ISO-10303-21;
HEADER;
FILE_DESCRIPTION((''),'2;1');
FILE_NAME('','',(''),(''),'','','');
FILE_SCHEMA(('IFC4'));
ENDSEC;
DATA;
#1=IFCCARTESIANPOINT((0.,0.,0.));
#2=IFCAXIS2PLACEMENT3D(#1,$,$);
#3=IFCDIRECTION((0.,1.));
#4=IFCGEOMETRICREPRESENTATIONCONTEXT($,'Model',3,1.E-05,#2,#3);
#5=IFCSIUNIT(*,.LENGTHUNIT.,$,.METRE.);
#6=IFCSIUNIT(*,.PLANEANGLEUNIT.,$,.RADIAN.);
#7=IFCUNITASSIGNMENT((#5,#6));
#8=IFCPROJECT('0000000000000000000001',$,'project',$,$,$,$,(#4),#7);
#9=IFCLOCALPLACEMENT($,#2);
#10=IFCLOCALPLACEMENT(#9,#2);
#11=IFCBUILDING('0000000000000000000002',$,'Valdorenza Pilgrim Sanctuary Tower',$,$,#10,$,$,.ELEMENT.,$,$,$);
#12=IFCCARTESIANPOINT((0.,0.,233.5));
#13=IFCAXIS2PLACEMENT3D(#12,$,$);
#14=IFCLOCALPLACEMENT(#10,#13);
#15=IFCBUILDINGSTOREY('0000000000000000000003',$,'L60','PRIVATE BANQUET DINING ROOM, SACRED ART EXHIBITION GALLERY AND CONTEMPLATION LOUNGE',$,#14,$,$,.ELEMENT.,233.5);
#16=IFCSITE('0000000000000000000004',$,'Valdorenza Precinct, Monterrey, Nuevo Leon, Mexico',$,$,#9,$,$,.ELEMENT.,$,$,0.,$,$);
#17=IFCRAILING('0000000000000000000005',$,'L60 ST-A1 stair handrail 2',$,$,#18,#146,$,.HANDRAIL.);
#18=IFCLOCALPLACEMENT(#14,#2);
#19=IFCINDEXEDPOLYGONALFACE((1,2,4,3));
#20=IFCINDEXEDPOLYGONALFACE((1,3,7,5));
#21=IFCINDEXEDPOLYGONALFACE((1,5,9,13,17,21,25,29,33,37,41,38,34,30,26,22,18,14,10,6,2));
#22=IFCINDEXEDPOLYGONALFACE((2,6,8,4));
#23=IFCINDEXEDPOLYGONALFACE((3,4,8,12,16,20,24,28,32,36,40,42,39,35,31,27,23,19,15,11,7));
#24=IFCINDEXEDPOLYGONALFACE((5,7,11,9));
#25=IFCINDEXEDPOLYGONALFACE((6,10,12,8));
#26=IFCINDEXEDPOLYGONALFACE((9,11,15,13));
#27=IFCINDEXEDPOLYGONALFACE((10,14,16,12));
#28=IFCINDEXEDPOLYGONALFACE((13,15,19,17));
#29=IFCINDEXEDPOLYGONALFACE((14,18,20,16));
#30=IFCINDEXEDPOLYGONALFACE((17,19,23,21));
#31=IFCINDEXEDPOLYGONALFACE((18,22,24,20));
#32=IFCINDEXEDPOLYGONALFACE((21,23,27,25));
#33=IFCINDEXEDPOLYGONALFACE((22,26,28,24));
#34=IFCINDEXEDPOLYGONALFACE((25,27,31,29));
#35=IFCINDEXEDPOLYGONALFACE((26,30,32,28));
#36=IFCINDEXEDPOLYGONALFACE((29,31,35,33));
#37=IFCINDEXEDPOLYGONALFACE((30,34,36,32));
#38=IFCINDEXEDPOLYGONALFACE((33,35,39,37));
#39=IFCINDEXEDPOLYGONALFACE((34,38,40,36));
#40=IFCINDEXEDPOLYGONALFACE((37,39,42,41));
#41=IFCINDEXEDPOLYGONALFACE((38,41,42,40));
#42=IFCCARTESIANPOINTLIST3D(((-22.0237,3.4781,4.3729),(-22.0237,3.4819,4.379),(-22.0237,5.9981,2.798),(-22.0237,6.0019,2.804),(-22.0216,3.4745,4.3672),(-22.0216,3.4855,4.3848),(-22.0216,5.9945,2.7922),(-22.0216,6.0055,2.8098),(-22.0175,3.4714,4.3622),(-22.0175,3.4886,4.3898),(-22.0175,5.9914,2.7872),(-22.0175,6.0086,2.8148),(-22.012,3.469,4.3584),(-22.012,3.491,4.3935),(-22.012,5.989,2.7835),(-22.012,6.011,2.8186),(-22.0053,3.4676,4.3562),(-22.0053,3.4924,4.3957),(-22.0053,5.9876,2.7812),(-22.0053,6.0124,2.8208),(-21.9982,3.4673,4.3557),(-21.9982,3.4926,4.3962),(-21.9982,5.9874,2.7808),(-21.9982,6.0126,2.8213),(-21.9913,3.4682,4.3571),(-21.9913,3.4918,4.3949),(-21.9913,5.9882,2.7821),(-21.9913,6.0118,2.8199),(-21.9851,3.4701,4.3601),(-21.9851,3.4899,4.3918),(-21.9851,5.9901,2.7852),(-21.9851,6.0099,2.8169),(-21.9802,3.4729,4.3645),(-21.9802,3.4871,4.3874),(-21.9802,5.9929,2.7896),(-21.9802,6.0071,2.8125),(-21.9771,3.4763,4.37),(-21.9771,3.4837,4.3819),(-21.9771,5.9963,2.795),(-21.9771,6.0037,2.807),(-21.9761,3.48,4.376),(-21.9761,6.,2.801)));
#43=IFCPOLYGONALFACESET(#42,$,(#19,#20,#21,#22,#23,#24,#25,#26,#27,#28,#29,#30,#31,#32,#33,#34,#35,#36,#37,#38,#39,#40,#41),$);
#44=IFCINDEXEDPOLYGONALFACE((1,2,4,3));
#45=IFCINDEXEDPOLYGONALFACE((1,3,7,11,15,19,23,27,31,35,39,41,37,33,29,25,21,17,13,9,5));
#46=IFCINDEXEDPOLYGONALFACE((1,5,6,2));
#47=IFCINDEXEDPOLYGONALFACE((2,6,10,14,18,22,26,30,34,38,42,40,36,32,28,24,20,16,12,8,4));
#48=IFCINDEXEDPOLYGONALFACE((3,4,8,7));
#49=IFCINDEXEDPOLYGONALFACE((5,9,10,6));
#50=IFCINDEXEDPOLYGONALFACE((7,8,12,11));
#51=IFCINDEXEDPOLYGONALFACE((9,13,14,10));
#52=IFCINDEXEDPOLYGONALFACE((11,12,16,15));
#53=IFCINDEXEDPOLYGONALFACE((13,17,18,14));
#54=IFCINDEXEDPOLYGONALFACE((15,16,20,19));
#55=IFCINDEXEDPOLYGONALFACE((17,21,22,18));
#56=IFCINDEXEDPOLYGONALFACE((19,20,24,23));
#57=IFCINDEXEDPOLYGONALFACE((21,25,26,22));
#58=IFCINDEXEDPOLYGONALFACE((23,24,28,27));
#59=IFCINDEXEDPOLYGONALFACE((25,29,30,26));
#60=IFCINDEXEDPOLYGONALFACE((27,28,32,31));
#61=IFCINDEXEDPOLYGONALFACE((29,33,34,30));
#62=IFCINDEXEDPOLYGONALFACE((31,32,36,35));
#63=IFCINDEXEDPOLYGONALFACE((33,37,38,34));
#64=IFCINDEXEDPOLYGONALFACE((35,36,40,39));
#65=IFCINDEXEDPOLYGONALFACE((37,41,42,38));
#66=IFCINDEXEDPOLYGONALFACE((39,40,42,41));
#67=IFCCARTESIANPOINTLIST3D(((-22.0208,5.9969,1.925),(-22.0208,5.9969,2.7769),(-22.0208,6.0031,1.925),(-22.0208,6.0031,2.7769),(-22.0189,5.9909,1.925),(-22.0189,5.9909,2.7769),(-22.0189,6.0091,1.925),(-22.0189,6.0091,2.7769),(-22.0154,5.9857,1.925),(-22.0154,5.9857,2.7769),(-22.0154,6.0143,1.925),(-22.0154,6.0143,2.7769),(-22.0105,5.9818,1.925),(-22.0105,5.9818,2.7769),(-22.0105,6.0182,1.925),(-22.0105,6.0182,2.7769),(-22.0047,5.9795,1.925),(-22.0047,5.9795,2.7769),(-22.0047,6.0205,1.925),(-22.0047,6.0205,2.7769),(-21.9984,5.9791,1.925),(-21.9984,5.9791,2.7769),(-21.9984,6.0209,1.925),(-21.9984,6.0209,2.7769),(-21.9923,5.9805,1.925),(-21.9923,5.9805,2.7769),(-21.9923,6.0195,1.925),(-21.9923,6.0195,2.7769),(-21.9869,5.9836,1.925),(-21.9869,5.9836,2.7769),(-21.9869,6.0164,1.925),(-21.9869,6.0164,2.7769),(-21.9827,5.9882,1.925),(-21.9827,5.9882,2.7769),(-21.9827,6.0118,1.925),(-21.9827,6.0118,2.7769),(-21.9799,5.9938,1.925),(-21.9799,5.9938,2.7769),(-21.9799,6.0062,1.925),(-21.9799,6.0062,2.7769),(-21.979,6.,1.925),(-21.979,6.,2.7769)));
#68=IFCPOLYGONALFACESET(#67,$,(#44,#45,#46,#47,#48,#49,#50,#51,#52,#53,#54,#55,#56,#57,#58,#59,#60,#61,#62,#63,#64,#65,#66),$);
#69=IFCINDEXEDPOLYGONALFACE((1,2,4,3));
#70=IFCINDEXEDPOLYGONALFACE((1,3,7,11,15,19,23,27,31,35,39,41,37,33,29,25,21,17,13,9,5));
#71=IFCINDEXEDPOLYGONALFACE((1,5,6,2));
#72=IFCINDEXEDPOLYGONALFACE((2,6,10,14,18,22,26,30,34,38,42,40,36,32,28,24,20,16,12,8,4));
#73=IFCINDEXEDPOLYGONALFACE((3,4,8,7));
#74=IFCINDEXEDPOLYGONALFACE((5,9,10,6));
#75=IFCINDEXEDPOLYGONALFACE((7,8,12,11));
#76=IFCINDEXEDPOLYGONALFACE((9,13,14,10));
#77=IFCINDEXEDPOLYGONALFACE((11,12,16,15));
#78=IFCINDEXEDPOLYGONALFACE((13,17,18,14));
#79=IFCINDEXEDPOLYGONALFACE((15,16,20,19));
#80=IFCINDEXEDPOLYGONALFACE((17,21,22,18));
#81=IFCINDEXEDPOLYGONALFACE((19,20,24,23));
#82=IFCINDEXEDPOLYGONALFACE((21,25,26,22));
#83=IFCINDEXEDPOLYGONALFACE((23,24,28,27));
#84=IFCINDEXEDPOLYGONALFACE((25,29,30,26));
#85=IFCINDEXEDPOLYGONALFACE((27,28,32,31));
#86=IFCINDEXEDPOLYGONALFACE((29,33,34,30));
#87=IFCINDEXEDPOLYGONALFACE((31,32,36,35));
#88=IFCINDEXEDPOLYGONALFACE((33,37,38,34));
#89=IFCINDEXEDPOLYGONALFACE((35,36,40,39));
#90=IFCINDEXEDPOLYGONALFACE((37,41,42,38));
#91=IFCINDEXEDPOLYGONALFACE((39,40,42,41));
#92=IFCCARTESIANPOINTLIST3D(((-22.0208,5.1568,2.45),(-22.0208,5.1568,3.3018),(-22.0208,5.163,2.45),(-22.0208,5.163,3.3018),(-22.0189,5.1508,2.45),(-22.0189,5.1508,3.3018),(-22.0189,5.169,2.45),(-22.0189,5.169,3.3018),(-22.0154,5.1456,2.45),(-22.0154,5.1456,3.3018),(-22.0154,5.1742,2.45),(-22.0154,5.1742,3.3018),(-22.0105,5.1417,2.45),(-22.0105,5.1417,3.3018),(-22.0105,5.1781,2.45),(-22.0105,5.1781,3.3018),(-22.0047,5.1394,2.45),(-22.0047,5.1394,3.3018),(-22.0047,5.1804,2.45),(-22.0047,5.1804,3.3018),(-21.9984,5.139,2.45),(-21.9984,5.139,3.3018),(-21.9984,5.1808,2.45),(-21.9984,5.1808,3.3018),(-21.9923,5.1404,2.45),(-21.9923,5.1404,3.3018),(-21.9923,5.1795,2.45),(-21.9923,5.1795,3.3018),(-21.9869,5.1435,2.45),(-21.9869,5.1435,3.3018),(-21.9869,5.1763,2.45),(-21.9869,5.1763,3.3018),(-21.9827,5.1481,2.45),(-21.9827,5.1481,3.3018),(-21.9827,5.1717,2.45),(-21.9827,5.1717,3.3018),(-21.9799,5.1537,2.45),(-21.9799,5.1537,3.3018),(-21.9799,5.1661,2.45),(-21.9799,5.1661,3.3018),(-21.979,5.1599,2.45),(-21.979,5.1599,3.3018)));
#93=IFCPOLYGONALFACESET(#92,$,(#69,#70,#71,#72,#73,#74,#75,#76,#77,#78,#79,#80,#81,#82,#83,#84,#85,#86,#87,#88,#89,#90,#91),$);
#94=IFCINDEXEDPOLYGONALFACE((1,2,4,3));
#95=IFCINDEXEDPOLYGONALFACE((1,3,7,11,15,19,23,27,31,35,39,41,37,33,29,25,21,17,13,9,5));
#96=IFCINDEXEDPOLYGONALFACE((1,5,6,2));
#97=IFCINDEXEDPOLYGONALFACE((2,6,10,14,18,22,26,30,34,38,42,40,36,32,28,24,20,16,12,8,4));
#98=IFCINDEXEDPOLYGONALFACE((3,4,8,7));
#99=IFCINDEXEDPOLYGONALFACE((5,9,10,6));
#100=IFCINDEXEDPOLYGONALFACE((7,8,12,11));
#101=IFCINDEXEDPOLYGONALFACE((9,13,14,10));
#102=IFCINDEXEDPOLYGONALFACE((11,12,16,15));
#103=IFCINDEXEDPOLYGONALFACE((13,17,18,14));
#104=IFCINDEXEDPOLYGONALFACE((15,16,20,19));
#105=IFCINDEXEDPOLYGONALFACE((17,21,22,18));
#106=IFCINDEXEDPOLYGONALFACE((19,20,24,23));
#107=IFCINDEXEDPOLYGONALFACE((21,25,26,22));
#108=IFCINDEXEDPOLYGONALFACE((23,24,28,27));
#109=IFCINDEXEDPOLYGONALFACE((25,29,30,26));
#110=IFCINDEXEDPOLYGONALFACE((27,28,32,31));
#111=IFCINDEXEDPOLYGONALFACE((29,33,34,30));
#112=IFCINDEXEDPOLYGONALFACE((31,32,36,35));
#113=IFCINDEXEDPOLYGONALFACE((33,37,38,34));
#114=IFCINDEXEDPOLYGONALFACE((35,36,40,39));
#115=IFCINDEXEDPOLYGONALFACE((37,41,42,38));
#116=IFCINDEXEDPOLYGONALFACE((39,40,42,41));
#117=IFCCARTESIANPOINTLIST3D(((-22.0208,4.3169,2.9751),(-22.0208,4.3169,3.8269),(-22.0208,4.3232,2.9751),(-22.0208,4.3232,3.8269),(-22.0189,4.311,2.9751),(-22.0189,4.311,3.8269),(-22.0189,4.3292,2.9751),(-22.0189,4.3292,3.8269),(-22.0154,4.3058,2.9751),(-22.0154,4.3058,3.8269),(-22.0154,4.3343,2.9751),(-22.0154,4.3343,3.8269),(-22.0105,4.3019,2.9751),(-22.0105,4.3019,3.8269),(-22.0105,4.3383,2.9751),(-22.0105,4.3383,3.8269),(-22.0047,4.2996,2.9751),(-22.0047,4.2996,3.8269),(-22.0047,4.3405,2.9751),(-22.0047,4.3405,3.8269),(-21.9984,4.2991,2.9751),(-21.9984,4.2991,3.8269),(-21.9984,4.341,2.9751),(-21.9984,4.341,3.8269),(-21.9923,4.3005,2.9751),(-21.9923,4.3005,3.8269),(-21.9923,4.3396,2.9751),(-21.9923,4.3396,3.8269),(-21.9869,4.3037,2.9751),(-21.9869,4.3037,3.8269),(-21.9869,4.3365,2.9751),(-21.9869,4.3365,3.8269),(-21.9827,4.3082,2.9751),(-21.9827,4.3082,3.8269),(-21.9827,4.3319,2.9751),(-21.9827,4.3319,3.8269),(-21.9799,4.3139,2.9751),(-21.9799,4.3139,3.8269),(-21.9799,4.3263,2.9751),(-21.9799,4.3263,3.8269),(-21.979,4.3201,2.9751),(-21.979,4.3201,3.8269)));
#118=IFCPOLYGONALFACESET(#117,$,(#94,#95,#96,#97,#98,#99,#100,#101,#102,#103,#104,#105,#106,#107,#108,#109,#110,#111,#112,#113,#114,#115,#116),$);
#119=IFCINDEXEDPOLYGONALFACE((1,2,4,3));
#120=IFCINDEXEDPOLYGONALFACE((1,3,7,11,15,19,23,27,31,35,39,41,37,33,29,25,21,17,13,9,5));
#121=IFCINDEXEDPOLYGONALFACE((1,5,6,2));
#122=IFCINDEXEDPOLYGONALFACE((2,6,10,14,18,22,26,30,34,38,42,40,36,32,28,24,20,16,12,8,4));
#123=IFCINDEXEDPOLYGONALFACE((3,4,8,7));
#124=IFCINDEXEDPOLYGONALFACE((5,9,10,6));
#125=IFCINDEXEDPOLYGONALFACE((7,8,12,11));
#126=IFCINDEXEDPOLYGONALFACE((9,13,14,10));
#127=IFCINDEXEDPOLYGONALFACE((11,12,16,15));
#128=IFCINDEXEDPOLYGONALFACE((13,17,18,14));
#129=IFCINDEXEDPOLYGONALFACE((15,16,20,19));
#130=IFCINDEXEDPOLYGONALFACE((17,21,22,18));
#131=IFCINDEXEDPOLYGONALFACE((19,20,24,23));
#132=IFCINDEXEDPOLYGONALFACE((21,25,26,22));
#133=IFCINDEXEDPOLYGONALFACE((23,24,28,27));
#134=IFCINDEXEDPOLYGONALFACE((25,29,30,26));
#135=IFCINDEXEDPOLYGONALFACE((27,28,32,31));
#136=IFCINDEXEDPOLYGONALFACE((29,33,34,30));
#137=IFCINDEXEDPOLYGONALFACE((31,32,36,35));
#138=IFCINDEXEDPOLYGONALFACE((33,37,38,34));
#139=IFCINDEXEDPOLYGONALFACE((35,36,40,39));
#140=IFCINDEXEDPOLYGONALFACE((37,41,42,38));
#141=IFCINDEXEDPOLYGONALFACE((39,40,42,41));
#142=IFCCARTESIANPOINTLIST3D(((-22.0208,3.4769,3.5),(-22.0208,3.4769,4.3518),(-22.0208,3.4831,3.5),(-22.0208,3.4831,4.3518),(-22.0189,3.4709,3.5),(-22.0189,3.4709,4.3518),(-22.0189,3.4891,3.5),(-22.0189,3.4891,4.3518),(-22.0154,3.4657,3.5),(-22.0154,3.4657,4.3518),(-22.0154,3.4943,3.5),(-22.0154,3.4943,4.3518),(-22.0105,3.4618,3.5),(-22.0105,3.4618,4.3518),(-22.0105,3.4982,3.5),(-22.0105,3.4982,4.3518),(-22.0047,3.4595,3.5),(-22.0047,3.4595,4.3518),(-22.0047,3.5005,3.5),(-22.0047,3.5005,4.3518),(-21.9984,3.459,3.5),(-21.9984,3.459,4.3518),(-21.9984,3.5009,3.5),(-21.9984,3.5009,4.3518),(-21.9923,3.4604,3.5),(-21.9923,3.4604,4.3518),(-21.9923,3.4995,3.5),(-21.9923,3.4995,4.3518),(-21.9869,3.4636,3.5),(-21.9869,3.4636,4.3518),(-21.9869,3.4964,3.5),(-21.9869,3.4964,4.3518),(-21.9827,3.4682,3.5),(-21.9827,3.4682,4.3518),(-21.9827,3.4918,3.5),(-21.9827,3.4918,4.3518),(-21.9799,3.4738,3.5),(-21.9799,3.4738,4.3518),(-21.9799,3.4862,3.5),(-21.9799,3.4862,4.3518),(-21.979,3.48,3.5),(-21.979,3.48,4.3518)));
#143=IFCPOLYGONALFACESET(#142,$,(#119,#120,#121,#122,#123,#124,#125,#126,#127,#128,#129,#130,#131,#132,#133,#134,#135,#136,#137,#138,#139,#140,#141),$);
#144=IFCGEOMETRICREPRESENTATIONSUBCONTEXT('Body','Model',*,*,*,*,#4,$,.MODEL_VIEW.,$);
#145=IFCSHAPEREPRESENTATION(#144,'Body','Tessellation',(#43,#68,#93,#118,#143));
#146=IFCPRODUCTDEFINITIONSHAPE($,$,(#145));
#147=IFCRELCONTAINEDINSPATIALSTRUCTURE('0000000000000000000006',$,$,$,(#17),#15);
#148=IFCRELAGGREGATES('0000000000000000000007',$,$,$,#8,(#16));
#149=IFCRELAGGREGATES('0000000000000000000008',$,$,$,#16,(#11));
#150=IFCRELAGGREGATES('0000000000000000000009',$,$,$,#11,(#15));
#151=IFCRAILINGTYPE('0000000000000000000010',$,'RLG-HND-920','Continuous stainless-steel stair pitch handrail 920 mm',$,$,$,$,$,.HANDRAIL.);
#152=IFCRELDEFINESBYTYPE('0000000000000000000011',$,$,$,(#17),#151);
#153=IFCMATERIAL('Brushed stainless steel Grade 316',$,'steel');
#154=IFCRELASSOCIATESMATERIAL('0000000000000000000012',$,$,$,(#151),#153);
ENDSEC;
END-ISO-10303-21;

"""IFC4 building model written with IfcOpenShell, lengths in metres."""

from ifc_helpers import new_model, si_unit, direction, frame, origin, origin_2d, place, context, subcontext, project, spatial, circle, extrude, material, type_object, element, save


model = new_model("IFC4")

# Units and contexts
model_context = context("Model", 3, precision=1e-05, world=origin(), true_north=direction((0.0, 1.0)))
body_context = subcontext(model_context, "Body", "Model", "MODEL_VIEW")
ifc_project = project(units=[si_unit("LENGTHUNIT", "METRE"), si_unit("PLANEANGLEUNIT", "RADIAN")], contexts=[model_context])

# Site, building, storey
site_placement = place(None, origin())
site = spatial("IfcSite", under=ifc_project, at=site_placement, Name="Valdorenza Precinct, Monterrey, Nuevo Leon, Mexico", CompositionType="ELEMENT", RefElevation=0.0)
building_placement = place(site_placement, origin())
building = spatial("IfcBuilding", under=site, at=building_placement, Name="Valdorenza Pilgrim Sanctuary Tower", CompositionType="ELEMENT")
storey_placement = place(building_placement, frame((0.0, 0.0, 233.5)))
storey = spatial("IfcBuildingStorey", under=building, at=storey_placement, Name="L60", Description="PRIVATE BANQUET DINING ROOM, SACRED ART EXHIBITION GALLERY AND CONTEMPLATION LOUNGE", CompositionType="ELEMENT", Elevation=233.5)

# Shared definitions
ifc_material_1 = material(Name="Brushed stainless steel Grade 316", Category="steel")

# Railing
railing_type_1 = type_object("IfcRailingType", Name="RLG-HND-920", Description="Continuous stainless-steel stair pitch handrail 920 mm", PredefinedType="HANDRAIL", material=ifc_material_1)
railing_1_placement = place(storey_placement, frame((-22.0, 6.0, 1.925)))
element("IfcRailing", 1, at=railing_1_placement, inside=storey, type_object=railing_type_1, Name="L60 ST-A1 stair handrail 2", PredefinedType="HANDRAIL", context=body_context, shape_type="SweptSolid", body=[
    extrude(circle(Radius=0.0239, at=origin_2d()), frame((0.0, 0.0, 0.876), z_axis=(0.0, -0.848008, 0.529984), x_axis=(1.0, 0.0, 0.0)), (0.0, 0.0, 1.0), 2.9717),
    extrude(circle(Radius=0.021, at=origin_2d()), origin(), (0.0, 0.0, 1.0), 0.8518),
    extrude(circle(Radius=0.021, at=origin_2d()), frame((0.0, -0.8401, 0.5249)), (0.0, 0.0, 1.0), 0.8518),
    extrude(circle(Radius=0.021, at=origin_2d()), frame((0.0, -1.6799, 1.05)), (0.0, 0.0, 1.0), 0.8518),
    extrude(circle(Radius=0.021, at=origin_2d()), frame((0.0, -2.52, 1.575)), (0.0, 0.0, 1.0), 0.8518),
])

save(model, "model.ifc")
